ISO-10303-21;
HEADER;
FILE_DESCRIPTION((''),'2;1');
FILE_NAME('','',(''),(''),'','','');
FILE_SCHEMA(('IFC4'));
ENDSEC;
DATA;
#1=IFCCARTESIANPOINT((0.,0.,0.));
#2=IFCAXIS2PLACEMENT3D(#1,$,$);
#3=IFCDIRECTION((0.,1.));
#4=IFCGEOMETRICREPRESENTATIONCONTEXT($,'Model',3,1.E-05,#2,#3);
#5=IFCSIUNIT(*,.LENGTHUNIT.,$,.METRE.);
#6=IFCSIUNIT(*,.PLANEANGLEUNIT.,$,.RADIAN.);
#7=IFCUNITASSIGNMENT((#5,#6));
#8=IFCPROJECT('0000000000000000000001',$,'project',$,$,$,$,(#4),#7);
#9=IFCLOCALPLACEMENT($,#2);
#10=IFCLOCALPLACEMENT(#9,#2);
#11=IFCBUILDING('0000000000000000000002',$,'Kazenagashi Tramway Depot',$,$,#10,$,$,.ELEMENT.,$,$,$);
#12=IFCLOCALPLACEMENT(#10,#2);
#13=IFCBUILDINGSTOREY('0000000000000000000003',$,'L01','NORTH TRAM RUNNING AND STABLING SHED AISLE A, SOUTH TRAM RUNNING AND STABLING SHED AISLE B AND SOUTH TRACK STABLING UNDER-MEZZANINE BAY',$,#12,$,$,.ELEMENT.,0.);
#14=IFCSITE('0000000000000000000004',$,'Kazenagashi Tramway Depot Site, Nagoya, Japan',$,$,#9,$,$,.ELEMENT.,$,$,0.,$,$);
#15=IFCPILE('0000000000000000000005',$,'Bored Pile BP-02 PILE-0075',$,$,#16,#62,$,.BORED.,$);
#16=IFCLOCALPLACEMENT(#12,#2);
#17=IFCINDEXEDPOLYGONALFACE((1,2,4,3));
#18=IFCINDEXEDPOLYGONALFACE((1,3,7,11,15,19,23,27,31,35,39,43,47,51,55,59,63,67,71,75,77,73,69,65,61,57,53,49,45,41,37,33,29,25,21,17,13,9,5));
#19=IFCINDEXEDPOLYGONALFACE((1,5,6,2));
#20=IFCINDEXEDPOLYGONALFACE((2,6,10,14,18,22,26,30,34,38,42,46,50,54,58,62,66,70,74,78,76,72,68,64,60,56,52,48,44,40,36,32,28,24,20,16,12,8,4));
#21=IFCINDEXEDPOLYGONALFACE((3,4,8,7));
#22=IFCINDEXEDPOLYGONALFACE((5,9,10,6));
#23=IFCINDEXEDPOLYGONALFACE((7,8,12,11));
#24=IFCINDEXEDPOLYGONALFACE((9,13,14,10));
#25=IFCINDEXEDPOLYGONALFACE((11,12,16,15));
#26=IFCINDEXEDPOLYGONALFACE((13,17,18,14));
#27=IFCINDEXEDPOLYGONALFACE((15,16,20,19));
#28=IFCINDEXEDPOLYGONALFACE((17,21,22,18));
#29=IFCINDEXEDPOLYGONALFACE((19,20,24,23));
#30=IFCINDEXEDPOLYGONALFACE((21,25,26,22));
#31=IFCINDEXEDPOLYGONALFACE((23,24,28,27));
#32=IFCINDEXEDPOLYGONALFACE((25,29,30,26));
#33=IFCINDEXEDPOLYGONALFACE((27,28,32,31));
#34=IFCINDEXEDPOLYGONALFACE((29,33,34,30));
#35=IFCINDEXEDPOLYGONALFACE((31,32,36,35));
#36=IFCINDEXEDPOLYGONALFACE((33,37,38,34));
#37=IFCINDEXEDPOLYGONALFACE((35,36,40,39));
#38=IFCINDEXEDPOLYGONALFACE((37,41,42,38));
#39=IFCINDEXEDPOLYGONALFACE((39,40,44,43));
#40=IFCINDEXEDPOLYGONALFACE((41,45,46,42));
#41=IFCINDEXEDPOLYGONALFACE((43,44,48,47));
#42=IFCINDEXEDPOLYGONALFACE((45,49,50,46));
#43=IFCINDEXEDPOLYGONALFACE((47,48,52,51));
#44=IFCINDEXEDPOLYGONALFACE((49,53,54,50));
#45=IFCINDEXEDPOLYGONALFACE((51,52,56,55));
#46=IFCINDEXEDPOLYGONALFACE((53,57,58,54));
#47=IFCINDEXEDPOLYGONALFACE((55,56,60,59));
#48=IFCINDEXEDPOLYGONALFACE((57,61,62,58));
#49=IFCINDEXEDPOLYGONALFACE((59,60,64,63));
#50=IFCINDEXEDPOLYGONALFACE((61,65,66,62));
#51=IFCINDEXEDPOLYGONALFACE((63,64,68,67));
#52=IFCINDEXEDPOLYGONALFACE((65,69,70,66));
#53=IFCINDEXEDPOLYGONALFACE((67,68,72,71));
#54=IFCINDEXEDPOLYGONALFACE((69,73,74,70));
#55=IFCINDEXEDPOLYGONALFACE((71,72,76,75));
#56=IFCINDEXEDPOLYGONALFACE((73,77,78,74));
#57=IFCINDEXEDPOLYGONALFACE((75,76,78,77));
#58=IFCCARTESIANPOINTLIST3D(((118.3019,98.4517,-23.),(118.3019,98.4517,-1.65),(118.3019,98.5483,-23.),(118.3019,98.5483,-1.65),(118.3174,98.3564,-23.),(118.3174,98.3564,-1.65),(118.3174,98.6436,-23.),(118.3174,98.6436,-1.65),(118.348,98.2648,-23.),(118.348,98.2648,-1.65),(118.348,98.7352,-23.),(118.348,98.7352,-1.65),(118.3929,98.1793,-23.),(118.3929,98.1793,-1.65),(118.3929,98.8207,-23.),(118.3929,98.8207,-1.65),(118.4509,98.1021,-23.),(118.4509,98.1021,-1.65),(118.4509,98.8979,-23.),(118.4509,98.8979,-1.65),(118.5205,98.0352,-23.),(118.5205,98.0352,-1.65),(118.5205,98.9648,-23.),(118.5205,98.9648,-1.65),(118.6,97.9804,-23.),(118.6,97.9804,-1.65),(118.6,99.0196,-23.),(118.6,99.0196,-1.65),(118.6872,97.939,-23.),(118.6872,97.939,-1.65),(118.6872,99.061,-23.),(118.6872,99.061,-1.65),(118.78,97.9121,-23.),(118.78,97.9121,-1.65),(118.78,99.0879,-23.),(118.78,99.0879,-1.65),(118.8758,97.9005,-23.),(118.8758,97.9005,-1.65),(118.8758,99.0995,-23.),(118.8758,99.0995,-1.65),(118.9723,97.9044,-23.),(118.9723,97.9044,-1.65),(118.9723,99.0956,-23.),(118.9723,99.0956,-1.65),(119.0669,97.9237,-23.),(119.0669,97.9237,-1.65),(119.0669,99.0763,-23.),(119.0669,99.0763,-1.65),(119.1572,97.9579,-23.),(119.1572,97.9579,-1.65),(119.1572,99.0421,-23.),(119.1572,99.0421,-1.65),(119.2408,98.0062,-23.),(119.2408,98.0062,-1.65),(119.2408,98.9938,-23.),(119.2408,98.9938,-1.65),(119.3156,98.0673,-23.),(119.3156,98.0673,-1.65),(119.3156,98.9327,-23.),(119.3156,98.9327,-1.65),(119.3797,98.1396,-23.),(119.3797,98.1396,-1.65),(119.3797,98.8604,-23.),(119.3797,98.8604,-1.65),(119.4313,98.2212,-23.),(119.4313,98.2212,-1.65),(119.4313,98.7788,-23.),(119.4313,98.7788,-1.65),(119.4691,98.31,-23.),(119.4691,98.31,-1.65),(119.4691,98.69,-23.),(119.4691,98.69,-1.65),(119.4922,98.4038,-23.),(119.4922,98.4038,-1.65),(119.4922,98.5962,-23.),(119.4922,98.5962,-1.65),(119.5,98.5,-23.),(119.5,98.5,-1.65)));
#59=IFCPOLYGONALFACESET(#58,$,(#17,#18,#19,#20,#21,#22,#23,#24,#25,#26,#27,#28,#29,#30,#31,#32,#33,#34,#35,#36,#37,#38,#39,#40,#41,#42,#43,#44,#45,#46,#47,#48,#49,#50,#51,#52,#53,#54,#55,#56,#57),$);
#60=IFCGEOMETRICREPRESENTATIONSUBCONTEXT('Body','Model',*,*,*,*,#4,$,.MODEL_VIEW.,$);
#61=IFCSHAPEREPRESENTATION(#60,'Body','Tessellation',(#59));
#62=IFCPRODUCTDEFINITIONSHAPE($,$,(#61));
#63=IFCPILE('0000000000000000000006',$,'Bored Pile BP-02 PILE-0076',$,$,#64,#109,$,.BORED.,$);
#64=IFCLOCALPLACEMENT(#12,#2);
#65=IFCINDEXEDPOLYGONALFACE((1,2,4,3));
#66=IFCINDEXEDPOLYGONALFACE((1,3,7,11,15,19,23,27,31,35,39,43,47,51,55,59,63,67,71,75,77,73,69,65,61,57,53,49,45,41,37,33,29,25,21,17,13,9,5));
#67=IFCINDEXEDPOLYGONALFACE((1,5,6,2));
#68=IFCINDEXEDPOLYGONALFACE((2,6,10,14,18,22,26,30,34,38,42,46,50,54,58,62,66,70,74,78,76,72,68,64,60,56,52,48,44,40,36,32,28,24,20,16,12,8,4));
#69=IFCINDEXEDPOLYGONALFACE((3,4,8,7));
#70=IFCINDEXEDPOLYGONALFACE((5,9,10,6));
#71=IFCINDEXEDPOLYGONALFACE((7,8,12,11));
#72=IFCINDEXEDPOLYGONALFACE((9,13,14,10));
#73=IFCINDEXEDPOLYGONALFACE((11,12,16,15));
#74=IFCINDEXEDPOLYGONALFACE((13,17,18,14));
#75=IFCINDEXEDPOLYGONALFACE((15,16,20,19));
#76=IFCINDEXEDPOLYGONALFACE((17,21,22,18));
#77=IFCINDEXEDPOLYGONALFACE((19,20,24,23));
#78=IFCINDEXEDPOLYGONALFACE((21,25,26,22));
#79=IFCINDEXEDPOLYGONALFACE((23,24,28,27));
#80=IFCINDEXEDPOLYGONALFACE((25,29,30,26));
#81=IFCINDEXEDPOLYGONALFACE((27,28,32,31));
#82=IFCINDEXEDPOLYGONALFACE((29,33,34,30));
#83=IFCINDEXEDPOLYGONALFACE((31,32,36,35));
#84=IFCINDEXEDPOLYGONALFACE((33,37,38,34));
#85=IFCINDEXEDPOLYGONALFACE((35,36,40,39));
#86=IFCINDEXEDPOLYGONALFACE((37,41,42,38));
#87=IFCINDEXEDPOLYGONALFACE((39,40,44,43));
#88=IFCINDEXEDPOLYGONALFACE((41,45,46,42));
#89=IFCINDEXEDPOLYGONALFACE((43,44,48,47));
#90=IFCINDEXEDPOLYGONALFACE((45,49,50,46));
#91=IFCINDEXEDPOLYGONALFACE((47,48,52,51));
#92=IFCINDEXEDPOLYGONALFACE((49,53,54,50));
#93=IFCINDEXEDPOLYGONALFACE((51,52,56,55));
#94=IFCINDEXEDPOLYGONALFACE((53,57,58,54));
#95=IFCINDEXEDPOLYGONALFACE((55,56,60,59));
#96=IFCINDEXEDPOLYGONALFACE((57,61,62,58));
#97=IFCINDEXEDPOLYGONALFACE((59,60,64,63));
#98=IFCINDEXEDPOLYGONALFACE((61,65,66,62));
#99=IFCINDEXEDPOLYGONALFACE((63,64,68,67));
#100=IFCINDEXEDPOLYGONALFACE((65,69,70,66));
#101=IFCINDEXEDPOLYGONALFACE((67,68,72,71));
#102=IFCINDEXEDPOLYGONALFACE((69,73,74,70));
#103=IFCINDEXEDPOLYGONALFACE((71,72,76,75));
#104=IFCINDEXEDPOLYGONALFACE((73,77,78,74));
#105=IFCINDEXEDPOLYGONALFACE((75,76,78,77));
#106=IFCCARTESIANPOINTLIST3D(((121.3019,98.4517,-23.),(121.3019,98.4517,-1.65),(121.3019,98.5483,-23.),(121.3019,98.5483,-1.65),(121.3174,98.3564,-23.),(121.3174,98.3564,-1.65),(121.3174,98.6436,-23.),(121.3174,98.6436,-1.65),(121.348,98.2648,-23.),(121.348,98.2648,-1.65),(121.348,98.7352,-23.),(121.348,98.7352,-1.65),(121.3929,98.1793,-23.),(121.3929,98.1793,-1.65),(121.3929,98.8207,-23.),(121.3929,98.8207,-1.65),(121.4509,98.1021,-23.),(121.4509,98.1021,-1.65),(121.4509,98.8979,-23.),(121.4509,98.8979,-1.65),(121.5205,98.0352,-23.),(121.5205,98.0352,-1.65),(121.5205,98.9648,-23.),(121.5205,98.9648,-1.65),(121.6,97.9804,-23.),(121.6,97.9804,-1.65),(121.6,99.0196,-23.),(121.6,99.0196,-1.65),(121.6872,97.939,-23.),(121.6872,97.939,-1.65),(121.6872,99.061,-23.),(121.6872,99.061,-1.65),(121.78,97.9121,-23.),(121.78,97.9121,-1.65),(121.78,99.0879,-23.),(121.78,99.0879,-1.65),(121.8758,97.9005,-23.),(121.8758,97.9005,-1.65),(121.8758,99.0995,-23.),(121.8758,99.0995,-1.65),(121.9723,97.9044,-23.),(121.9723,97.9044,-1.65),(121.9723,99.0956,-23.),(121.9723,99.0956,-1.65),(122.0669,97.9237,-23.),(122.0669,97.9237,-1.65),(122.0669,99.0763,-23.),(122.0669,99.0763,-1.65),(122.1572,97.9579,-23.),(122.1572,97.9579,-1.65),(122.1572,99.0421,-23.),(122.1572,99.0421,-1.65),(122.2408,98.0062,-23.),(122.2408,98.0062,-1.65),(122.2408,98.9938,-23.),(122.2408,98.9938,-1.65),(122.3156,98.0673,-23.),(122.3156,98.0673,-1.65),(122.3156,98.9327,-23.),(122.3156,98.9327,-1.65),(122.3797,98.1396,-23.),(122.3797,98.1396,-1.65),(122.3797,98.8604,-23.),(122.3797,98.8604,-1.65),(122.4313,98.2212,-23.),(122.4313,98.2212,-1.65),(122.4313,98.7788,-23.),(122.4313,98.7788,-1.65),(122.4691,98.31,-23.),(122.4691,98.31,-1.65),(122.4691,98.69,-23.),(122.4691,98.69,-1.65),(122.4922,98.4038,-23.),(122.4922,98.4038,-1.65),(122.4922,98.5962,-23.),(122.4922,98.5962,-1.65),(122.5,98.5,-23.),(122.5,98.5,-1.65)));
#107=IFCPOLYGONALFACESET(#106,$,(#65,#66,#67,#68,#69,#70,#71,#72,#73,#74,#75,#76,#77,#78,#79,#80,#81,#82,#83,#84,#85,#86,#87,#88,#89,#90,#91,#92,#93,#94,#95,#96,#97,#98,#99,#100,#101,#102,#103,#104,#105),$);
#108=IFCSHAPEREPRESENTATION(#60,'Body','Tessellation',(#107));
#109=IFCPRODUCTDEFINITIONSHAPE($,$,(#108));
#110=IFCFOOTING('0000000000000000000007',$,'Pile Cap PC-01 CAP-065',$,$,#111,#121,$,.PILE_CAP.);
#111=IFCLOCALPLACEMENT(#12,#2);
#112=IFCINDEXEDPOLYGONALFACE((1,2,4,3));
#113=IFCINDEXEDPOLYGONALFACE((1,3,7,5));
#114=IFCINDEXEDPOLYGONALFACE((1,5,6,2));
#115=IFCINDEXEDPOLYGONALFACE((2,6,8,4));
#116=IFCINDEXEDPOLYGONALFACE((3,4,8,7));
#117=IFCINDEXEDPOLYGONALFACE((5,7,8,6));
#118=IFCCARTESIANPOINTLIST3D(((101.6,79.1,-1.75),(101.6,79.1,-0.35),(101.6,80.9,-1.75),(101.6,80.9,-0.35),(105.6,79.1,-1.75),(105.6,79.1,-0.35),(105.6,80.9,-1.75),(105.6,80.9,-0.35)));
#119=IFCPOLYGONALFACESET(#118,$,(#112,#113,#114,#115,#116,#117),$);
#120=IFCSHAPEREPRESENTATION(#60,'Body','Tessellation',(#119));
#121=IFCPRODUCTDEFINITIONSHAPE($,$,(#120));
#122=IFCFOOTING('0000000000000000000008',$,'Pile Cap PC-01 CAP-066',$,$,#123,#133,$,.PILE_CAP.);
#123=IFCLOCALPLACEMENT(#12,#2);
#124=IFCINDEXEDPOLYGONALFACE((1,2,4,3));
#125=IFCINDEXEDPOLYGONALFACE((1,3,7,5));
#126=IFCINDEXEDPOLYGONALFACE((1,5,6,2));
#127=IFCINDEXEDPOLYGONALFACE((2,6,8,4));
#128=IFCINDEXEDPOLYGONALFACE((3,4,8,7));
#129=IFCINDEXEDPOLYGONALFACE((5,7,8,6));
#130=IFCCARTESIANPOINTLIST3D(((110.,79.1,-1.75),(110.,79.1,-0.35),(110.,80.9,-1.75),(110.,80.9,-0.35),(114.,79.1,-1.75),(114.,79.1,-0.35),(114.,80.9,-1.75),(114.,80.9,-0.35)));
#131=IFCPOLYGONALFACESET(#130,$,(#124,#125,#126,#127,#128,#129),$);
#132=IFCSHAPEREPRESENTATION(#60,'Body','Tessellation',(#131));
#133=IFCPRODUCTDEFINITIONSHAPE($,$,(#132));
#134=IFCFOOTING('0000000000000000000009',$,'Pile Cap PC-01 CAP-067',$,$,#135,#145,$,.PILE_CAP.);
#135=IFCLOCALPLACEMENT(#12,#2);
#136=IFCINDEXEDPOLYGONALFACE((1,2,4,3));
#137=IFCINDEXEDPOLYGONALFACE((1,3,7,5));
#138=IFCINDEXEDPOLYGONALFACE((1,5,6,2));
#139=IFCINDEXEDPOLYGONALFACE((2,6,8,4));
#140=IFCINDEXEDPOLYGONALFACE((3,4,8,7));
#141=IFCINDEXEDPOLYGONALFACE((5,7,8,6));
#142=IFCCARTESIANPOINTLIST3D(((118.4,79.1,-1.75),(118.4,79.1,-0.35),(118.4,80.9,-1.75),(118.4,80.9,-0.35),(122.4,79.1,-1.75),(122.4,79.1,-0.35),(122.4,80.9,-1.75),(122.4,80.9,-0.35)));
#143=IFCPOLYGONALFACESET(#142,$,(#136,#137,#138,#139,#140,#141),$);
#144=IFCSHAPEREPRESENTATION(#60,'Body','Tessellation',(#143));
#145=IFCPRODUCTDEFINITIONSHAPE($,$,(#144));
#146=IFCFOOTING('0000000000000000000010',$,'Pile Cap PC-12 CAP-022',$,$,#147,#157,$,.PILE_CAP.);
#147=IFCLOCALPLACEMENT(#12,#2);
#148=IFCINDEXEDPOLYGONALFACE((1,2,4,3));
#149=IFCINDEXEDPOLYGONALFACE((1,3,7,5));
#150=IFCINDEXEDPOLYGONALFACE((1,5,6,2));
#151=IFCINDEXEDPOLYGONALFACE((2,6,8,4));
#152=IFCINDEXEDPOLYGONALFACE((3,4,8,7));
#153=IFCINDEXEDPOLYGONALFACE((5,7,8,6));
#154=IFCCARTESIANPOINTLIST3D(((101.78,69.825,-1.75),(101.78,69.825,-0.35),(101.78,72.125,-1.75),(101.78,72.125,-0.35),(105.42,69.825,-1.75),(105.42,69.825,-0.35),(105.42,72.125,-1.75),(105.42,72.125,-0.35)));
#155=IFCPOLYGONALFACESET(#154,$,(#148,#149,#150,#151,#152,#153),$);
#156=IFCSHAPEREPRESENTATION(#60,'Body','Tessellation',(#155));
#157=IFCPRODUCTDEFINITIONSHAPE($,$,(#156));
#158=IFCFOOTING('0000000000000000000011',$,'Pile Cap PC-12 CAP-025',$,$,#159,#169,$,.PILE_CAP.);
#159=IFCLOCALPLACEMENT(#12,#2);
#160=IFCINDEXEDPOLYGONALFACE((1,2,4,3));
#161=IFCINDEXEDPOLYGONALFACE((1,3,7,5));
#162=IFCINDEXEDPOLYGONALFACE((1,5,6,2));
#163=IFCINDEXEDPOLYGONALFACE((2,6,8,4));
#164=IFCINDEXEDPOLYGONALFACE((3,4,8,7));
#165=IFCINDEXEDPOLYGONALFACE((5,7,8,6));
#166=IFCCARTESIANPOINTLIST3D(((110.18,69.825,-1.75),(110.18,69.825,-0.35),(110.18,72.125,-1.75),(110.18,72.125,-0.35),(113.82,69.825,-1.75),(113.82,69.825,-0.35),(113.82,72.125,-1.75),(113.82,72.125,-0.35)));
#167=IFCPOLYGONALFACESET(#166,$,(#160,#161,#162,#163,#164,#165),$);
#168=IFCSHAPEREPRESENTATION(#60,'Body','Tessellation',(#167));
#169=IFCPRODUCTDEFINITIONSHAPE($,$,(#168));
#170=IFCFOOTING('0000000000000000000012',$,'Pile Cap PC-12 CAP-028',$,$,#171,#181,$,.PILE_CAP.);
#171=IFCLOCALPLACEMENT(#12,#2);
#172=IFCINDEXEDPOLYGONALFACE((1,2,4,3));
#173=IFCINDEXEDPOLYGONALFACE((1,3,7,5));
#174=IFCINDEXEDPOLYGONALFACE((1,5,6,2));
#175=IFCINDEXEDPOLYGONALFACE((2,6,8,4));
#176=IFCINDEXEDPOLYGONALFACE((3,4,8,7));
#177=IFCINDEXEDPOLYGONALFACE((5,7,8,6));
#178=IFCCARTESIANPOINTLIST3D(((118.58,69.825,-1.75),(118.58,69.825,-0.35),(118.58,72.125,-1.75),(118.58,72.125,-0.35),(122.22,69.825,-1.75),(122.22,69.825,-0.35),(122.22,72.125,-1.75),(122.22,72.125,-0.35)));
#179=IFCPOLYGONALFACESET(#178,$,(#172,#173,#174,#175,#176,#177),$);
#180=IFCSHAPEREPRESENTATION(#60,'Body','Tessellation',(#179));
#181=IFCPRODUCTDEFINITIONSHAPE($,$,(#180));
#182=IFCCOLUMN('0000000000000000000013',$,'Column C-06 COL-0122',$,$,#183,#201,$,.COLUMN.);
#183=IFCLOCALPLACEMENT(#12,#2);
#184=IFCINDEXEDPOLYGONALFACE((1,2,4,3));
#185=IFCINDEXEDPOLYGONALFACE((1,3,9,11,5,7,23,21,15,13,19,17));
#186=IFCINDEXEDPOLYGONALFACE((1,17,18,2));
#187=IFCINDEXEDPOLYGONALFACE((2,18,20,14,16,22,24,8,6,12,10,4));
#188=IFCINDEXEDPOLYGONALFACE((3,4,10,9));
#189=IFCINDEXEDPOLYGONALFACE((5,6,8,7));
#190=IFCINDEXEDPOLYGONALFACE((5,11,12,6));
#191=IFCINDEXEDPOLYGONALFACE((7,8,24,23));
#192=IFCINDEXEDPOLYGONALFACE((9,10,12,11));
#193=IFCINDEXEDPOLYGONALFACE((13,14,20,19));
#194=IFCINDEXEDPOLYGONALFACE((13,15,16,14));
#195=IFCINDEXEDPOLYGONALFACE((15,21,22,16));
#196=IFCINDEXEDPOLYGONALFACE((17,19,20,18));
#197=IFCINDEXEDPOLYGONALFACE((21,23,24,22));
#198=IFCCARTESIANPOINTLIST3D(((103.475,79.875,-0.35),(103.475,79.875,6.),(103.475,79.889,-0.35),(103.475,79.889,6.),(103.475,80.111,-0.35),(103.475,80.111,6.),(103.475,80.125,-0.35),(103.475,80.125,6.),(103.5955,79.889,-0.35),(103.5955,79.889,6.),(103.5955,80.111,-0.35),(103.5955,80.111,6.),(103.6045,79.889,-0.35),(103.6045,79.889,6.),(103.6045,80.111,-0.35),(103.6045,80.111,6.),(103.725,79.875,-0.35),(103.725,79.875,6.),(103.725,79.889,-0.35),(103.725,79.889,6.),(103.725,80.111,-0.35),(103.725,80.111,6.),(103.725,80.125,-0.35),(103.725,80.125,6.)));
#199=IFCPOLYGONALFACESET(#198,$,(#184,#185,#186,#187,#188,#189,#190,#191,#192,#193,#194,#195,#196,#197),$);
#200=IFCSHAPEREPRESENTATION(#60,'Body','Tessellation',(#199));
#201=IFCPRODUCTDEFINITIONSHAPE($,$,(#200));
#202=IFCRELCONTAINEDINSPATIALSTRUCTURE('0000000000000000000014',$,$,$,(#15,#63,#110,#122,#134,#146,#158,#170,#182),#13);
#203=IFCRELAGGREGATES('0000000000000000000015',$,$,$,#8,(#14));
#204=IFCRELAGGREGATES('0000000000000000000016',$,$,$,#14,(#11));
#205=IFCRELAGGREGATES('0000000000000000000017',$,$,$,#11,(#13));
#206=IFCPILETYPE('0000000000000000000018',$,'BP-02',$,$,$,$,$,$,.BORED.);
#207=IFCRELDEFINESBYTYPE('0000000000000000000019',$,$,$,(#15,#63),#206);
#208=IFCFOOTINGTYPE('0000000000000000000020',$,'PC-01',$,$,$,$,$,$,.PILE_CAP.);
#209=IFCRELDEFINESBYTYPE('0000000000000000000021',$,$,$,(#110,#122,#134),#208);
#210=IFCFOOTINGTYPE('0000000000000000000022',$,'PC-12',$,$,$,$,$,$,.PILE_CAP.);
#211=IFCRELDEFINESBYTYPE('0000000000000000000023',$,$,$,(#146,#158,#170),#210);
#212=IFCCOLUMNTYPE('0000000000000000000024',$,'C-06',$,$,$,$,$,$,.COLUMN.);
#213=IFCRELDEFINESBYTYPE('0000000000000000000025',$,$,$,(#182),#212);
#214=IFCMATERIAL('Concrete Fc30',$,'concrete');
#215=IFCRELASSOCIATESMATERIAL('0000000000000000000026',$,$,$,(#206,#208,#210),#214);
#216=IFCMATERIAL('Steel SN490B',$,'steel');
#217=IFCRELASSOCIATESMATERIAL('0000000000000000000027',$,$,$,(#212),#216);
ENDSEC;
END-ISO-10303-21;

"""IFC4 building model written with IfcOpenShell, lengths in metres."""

from ifc_helpers import new_model, si_unit, direction, frame, origin, origin_2d, place, context, subcontext, project, spatial, rectangle, circle, i_section, extrude, material, material_profile, profile_set, type_object, element, save


model = new_model("IFC4")

# Units and contexts
model_context = context("Model", 3, precision=1e-05, world=origin(), true_north=direction((0.0, 1.0)))
body_context = subcontext(model_context, "Body", "Model", "MODEL_VIEW")
ifc_project = project(units=[si_unit("LENGTHUNIT", "METRE"), si_unit("PLANEANGLEUNIT", "RADIAN")], contexts=[model_context])

# Site, building, storey
site_placement = place(None, origin())
site = spatial("IfcSite", under=ifc_project, at=site_placement, Name="Kazenagashi Tramway Depot Site, Nagoya, Japan", CompositionType="ELEMENT", RefElevation=0.0)
building_placement = place(site_placement, origin())
building = spatial("IfcBuilding", under=site, at=building_placement, Name="Kazenagashi Tramway Depot", CompositionType="ELEMENT")
storey_placement = place(building_placement, origin())
storey = spatial("IfcBuildingStorey", under=building, at=storey_placement, Name="L01", Description="NORTH TRAM RUNNING AND STABLING SHED AISLE A, SOUTH TRAM RUNNING AND STABLING SHED AISLE B AND SOUTH TRACK STABLING UNDER-MEZZANINE BAY", CompositionType="ELEMENT", Elevation=0.0)

# Piles
ifc_material_1 = material(Name="Concrete Fc30", Category="concrete")
ifc_material_profile_1 = material_profile(ifc_material_1, circle(Radius=0.6, at=origin_2d()), Name="PILE-1200")
ifc_profile_set_1 = profile_set([ifc_material_profile_1], Name="Concrete Fc30")
pile_type_1 = type_object("IfcPileType", Name="BP-02", PredefinedType="BORED", material=ifc_profile_set_1)
for number, where, z_axis, x_axis, name in (
    (1, (118.9, 98.5, -1.65), (0.0, 0.0, -1.0), (1.0, 0.0, 0.0), "Bored Pile BP-02 PILE-0075"),
    (2, (121.9, 98.5, -1.65), (0.0, 0.0, -1.0), (1.0, 0.0, 0.0), "Bored Pile BP-02 PILE-0076"),
):
    element("IfcPile", number, at=place(storey_placement, frame(where, z_axis=z_axis, x_axis=x_axis)), inside=storey, type_object=pile_type_1, Name=name, PredefinedType="BORED", context=body_context, shape_type="SweptSolid", body=[
        extrude(circle(Radius=0.6, at=origin_2d()), origin(), (0.0, 0.0, 1.0), 21.35),
    ])

# Footings
footing_type_1 = type_object("IfcFootingType", Name="PC-01", PredefinedType="PILE_CAP", material=ifc_material_1)
for number, where, z_axis, x_axis, name in (
    (3, (103.6, 80.0, -1.75), (0.0, 0.0, 1.0), (1.0, 0.0, 0.0), "Pile Cap PC-01 CAP-065"),
    (4, (112.0, 80.0, -1.75), (0.0, 0.0, 1.0), (1.0, 0.0, 0.0), "Pile Cap PC-01 CAP-066"),
    (5, (120.4, 80.0, -1.75), (0.0, 0.0, 1.0), (1.0, 0.0, 0.0), "Pile Cap PC-01 CAP-067"),
):
    element("IfcFooting", number, at=place(storey_placement, frame(where, z_axis=z_axis, x_axis=x_axis)), inside=storey, type_object=footing_type_1, Name=name, PredefinedType="PILE_CAP", context=body_context, shape_type="SweptSolid", body=[
        extrude(rectangle(XDim=4.0, YDim=1.8, at=origin_2d()), origin(), (0.0, 0.0, 1.0), 1.4),
    ])
footing_type_2 = type_object("IfcFootingType", Name="PC-12", PredefinedType="PILE_CAP", material=ifc_material_1)
for number, where, z_axis, x_axis, name in (
    (6, (103.6, 70.975, -1.75), (0.0, 0.0, 1.0), (1.0, 0.0, 0.0), "Pile Cap PC-12 CAP-022"),
    (7, (112.0, 70.975, -1.75), (0.0, 0.0, 1.0), (1.0, 0.0, 0.0), "Pile Cap PC-12 CAP-025"),
    (8, (120.4, 70.975, -1.75), (0.0, 0.0, 1.0), (1.0, 0.0, 0.0), "Pile Cap PC-12 CAP-028"),
):
    element("IfcFooting", number, at=place(storey_placement, frame(where, z_axis=z_axis, x_axis=x_axis)), inside=storey, type_object=footing_type_2, Name=name, PredefinedType="PILE_CAP", context=body_context, shape_type="SweptSolid", body=[
        extrude(rectangle(XDim=3.64, YDim=2.3, at=origin_2d()), origin(), (0.0, 0.0, 1.0), 1.4),
    ])

# Column
ifc_material_2 = material(Name="Steel SN490B", Category="steel")
ifc_material_profile_2 = material_profile(ifc_material_2, i_section(OverallWidth=0.25, OverallDepth=0.25, WebThickness=0.009, FlangeThickness=0.014, at=origin_2d()), Name="H-250x250x9x14")
ifc_profile_set_2 = profile_set([ifc_material_profile_2], Name="Steel SN490B")
column_type = type_object("IfcColumnType", Name="C-06", PredefinedType="COLUMN", material=ifc_profile_set_2)
for number, where, z_axis, x_axis, name in (
    (9, (103.6, 80.0, -0.35), (0.0, 0.0, 1.0), (1.0, 0.0, 0.0), "Column C-06 COL-0122"),
):
    element("IfcColumn", number, at=place(storey_placement, frame(where, z_axis=z_axis, x_axis=x_axis)), inside=storey, type_object=column_type, Name=name, PredefinedType="COLUMN", context=body_context, shape_type="SweptSolid", body=[
        extrude(i_section(OverallWidth=0.25, OverallDepth=0.25, WebThickness=0.009, FlangeThickness=0.014, at=origin_2d()), origin(), (0.0, 0.0, 1.0), 6.35),
    ])

save(model, "model.ifc")
